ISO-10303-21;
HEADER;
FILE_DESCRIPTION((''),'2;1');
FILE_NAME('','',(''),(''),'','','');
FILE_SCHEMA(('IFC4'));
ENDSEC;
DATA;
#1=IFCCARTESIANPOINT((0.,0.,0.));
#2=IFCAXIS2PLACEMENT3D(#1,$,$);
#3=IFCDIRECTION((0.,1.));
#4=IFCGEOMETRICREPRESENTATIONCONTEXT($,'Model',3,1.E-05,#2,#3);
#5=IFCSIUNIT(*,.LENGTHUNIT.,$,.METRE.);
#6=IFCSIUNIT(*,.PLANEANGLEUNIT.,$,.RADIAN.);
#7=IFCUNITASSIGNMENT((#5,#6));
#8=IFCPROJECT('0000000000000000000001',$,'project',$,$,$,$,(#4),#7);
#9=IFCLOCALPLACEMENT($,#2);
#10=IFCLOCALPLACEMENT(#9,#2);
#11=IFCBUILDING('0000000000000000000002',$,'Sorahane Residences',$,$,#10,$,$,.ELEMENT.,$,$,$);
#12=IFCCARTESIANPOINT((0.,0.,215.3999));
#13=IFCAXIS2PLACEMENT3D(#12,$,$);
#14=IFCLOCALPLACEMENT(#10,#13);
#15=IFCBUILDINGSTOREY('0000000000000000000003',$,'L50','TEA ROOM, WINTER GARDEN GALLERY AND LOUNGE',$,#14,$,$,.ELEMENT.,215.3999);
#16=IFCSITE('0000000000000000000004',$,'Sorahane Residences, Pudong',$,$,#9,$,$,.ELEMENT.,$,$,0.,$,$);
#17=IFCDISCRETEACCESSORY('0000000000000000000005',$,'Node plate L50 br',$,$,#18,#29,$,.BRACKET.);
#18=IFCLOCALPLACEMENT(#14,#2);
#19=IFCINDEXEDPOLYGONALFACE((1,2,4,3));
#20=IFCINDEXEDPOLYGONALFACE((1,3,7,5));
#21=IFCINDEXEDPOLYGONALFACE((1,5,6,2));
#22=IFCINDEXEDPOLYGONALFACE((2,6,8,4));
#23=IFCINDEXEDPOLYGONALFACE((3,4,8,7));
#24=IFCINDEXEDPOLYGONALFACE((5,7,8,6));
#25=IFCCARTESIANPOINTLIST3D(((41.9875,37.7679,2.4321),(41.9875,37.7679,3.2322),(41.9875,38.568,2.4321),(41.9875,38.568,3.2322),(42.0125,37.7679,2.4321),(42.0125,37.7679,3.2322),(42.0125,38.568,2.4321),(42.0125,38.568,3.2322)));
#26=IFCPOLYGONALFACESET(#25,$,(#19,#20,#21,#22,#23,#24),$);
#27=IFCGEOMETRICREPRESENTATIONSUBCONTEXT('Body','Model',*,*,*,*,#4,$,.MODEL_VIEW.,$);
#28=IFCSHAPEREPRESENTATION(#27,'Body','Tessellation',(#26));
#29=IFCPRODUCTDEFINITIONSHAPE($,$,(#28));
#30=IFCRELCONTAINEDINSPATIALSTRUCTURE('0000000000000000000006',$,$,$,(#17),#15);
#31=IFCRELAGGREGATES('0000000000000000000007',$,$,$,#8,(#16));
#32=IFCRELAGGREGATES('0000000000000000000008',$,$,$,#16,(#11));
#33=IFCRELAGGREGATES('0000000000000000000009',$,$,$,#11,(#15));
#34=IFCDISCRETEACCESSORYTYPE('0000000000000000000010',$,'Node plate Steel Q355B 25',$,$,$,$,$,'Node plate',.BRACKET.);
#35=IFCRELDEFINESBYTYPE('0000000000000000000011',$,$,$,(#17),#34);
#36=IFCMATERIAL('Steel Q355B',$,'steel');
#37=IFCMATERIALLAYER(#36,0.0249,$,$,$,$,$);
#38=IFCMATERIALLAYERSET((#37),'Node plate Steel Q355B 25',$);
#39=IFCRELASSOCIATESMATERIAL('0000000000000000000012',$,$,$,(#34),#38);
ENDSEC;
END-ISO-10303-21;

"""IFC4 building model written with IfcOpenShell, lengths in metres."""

from ifc_helpers import new_model, si_unit, direction, frame, origin, origin_2d, place, context, subcontext, project, spatial, rectangle, extrude, material, layer, layer_set, type_object, element, save


model = new_model("IFC4")

# Units and contexts
model_context = context("Model", 3, precision=1e-05, world=origin(), true_north=direction((0.0, 1.0)))
body_context = subcontext(model_context, "Body", "Model", "MODEL_VIEW")
ifc_project = project(units=[si_unit("LENGTHUNIT", "METRE"), si_unit("PLANEANGLEUNIT", "RADIAN")], contexts=[model_context])

# Site, building, storey
site_placement = place(None, origin())
site = spatial("IfcSite", under=ifc_project, at=site_placement, Name="Sorahane Residences, Pudong", CompositionType="ELEMENT", RefElevation=0.0)
building_placement = place(site_placement, origin())
building = spatial("IfcBuilding", under=site, at=building_placement, Name="Sorahane Residences", CompositionType="ELEMENT")
storey_placement = place(building_placement, frame((0.0, 0.0, 215.3999)))
storey = spatial("IfcBuildingStorey", under=building, at=storey_placement, Name="L50", Description="TEA ROOM, WINTER GARDEN GALLERY AND LOUNGE", CompositionType="ELEMENT", Elevation=215.3999)

# Discrete accessory
ifc_material_1 = material(Name="Steel Q355B", Category="steel")
ifc_layer_1 = layer(ifc_material_1, 0.0249)
ifc_layer_set_1 = layer_set([ifc_layer_1], Name="Node plate Steel Q355B 25")
discrete_accessory_type = type_object("IfcDiscreteAccessoryType", Name="Node plate Steel Q355B 25", ElementType="Node plate", PredefinedType="BRACKET", material=ifc_layer_set_1)
discrete_accessory_placement = place(storey_placement, frame((42.0, 38.168, 2.4321), z_axis=(0.0, 0.0, 1.0), x_axis=(0.0, 1.0, 0.0)))
element("IfcDiscreteAccessory", 1, at=discrete_accessory_placement, inside=storey, type_object=discrete_accessory_type, Name="Node plate L50 br", PredefinedType="BRACKET", context=body_context, shape_type="SweptSolid", body=[
    extrude(rectangle(XDim=0.8, YDim=0.0249, at=origin_2d()), origin(), (0.0, 0.0, 1.0), 0.8),
])

save(model, "model.ifc")
